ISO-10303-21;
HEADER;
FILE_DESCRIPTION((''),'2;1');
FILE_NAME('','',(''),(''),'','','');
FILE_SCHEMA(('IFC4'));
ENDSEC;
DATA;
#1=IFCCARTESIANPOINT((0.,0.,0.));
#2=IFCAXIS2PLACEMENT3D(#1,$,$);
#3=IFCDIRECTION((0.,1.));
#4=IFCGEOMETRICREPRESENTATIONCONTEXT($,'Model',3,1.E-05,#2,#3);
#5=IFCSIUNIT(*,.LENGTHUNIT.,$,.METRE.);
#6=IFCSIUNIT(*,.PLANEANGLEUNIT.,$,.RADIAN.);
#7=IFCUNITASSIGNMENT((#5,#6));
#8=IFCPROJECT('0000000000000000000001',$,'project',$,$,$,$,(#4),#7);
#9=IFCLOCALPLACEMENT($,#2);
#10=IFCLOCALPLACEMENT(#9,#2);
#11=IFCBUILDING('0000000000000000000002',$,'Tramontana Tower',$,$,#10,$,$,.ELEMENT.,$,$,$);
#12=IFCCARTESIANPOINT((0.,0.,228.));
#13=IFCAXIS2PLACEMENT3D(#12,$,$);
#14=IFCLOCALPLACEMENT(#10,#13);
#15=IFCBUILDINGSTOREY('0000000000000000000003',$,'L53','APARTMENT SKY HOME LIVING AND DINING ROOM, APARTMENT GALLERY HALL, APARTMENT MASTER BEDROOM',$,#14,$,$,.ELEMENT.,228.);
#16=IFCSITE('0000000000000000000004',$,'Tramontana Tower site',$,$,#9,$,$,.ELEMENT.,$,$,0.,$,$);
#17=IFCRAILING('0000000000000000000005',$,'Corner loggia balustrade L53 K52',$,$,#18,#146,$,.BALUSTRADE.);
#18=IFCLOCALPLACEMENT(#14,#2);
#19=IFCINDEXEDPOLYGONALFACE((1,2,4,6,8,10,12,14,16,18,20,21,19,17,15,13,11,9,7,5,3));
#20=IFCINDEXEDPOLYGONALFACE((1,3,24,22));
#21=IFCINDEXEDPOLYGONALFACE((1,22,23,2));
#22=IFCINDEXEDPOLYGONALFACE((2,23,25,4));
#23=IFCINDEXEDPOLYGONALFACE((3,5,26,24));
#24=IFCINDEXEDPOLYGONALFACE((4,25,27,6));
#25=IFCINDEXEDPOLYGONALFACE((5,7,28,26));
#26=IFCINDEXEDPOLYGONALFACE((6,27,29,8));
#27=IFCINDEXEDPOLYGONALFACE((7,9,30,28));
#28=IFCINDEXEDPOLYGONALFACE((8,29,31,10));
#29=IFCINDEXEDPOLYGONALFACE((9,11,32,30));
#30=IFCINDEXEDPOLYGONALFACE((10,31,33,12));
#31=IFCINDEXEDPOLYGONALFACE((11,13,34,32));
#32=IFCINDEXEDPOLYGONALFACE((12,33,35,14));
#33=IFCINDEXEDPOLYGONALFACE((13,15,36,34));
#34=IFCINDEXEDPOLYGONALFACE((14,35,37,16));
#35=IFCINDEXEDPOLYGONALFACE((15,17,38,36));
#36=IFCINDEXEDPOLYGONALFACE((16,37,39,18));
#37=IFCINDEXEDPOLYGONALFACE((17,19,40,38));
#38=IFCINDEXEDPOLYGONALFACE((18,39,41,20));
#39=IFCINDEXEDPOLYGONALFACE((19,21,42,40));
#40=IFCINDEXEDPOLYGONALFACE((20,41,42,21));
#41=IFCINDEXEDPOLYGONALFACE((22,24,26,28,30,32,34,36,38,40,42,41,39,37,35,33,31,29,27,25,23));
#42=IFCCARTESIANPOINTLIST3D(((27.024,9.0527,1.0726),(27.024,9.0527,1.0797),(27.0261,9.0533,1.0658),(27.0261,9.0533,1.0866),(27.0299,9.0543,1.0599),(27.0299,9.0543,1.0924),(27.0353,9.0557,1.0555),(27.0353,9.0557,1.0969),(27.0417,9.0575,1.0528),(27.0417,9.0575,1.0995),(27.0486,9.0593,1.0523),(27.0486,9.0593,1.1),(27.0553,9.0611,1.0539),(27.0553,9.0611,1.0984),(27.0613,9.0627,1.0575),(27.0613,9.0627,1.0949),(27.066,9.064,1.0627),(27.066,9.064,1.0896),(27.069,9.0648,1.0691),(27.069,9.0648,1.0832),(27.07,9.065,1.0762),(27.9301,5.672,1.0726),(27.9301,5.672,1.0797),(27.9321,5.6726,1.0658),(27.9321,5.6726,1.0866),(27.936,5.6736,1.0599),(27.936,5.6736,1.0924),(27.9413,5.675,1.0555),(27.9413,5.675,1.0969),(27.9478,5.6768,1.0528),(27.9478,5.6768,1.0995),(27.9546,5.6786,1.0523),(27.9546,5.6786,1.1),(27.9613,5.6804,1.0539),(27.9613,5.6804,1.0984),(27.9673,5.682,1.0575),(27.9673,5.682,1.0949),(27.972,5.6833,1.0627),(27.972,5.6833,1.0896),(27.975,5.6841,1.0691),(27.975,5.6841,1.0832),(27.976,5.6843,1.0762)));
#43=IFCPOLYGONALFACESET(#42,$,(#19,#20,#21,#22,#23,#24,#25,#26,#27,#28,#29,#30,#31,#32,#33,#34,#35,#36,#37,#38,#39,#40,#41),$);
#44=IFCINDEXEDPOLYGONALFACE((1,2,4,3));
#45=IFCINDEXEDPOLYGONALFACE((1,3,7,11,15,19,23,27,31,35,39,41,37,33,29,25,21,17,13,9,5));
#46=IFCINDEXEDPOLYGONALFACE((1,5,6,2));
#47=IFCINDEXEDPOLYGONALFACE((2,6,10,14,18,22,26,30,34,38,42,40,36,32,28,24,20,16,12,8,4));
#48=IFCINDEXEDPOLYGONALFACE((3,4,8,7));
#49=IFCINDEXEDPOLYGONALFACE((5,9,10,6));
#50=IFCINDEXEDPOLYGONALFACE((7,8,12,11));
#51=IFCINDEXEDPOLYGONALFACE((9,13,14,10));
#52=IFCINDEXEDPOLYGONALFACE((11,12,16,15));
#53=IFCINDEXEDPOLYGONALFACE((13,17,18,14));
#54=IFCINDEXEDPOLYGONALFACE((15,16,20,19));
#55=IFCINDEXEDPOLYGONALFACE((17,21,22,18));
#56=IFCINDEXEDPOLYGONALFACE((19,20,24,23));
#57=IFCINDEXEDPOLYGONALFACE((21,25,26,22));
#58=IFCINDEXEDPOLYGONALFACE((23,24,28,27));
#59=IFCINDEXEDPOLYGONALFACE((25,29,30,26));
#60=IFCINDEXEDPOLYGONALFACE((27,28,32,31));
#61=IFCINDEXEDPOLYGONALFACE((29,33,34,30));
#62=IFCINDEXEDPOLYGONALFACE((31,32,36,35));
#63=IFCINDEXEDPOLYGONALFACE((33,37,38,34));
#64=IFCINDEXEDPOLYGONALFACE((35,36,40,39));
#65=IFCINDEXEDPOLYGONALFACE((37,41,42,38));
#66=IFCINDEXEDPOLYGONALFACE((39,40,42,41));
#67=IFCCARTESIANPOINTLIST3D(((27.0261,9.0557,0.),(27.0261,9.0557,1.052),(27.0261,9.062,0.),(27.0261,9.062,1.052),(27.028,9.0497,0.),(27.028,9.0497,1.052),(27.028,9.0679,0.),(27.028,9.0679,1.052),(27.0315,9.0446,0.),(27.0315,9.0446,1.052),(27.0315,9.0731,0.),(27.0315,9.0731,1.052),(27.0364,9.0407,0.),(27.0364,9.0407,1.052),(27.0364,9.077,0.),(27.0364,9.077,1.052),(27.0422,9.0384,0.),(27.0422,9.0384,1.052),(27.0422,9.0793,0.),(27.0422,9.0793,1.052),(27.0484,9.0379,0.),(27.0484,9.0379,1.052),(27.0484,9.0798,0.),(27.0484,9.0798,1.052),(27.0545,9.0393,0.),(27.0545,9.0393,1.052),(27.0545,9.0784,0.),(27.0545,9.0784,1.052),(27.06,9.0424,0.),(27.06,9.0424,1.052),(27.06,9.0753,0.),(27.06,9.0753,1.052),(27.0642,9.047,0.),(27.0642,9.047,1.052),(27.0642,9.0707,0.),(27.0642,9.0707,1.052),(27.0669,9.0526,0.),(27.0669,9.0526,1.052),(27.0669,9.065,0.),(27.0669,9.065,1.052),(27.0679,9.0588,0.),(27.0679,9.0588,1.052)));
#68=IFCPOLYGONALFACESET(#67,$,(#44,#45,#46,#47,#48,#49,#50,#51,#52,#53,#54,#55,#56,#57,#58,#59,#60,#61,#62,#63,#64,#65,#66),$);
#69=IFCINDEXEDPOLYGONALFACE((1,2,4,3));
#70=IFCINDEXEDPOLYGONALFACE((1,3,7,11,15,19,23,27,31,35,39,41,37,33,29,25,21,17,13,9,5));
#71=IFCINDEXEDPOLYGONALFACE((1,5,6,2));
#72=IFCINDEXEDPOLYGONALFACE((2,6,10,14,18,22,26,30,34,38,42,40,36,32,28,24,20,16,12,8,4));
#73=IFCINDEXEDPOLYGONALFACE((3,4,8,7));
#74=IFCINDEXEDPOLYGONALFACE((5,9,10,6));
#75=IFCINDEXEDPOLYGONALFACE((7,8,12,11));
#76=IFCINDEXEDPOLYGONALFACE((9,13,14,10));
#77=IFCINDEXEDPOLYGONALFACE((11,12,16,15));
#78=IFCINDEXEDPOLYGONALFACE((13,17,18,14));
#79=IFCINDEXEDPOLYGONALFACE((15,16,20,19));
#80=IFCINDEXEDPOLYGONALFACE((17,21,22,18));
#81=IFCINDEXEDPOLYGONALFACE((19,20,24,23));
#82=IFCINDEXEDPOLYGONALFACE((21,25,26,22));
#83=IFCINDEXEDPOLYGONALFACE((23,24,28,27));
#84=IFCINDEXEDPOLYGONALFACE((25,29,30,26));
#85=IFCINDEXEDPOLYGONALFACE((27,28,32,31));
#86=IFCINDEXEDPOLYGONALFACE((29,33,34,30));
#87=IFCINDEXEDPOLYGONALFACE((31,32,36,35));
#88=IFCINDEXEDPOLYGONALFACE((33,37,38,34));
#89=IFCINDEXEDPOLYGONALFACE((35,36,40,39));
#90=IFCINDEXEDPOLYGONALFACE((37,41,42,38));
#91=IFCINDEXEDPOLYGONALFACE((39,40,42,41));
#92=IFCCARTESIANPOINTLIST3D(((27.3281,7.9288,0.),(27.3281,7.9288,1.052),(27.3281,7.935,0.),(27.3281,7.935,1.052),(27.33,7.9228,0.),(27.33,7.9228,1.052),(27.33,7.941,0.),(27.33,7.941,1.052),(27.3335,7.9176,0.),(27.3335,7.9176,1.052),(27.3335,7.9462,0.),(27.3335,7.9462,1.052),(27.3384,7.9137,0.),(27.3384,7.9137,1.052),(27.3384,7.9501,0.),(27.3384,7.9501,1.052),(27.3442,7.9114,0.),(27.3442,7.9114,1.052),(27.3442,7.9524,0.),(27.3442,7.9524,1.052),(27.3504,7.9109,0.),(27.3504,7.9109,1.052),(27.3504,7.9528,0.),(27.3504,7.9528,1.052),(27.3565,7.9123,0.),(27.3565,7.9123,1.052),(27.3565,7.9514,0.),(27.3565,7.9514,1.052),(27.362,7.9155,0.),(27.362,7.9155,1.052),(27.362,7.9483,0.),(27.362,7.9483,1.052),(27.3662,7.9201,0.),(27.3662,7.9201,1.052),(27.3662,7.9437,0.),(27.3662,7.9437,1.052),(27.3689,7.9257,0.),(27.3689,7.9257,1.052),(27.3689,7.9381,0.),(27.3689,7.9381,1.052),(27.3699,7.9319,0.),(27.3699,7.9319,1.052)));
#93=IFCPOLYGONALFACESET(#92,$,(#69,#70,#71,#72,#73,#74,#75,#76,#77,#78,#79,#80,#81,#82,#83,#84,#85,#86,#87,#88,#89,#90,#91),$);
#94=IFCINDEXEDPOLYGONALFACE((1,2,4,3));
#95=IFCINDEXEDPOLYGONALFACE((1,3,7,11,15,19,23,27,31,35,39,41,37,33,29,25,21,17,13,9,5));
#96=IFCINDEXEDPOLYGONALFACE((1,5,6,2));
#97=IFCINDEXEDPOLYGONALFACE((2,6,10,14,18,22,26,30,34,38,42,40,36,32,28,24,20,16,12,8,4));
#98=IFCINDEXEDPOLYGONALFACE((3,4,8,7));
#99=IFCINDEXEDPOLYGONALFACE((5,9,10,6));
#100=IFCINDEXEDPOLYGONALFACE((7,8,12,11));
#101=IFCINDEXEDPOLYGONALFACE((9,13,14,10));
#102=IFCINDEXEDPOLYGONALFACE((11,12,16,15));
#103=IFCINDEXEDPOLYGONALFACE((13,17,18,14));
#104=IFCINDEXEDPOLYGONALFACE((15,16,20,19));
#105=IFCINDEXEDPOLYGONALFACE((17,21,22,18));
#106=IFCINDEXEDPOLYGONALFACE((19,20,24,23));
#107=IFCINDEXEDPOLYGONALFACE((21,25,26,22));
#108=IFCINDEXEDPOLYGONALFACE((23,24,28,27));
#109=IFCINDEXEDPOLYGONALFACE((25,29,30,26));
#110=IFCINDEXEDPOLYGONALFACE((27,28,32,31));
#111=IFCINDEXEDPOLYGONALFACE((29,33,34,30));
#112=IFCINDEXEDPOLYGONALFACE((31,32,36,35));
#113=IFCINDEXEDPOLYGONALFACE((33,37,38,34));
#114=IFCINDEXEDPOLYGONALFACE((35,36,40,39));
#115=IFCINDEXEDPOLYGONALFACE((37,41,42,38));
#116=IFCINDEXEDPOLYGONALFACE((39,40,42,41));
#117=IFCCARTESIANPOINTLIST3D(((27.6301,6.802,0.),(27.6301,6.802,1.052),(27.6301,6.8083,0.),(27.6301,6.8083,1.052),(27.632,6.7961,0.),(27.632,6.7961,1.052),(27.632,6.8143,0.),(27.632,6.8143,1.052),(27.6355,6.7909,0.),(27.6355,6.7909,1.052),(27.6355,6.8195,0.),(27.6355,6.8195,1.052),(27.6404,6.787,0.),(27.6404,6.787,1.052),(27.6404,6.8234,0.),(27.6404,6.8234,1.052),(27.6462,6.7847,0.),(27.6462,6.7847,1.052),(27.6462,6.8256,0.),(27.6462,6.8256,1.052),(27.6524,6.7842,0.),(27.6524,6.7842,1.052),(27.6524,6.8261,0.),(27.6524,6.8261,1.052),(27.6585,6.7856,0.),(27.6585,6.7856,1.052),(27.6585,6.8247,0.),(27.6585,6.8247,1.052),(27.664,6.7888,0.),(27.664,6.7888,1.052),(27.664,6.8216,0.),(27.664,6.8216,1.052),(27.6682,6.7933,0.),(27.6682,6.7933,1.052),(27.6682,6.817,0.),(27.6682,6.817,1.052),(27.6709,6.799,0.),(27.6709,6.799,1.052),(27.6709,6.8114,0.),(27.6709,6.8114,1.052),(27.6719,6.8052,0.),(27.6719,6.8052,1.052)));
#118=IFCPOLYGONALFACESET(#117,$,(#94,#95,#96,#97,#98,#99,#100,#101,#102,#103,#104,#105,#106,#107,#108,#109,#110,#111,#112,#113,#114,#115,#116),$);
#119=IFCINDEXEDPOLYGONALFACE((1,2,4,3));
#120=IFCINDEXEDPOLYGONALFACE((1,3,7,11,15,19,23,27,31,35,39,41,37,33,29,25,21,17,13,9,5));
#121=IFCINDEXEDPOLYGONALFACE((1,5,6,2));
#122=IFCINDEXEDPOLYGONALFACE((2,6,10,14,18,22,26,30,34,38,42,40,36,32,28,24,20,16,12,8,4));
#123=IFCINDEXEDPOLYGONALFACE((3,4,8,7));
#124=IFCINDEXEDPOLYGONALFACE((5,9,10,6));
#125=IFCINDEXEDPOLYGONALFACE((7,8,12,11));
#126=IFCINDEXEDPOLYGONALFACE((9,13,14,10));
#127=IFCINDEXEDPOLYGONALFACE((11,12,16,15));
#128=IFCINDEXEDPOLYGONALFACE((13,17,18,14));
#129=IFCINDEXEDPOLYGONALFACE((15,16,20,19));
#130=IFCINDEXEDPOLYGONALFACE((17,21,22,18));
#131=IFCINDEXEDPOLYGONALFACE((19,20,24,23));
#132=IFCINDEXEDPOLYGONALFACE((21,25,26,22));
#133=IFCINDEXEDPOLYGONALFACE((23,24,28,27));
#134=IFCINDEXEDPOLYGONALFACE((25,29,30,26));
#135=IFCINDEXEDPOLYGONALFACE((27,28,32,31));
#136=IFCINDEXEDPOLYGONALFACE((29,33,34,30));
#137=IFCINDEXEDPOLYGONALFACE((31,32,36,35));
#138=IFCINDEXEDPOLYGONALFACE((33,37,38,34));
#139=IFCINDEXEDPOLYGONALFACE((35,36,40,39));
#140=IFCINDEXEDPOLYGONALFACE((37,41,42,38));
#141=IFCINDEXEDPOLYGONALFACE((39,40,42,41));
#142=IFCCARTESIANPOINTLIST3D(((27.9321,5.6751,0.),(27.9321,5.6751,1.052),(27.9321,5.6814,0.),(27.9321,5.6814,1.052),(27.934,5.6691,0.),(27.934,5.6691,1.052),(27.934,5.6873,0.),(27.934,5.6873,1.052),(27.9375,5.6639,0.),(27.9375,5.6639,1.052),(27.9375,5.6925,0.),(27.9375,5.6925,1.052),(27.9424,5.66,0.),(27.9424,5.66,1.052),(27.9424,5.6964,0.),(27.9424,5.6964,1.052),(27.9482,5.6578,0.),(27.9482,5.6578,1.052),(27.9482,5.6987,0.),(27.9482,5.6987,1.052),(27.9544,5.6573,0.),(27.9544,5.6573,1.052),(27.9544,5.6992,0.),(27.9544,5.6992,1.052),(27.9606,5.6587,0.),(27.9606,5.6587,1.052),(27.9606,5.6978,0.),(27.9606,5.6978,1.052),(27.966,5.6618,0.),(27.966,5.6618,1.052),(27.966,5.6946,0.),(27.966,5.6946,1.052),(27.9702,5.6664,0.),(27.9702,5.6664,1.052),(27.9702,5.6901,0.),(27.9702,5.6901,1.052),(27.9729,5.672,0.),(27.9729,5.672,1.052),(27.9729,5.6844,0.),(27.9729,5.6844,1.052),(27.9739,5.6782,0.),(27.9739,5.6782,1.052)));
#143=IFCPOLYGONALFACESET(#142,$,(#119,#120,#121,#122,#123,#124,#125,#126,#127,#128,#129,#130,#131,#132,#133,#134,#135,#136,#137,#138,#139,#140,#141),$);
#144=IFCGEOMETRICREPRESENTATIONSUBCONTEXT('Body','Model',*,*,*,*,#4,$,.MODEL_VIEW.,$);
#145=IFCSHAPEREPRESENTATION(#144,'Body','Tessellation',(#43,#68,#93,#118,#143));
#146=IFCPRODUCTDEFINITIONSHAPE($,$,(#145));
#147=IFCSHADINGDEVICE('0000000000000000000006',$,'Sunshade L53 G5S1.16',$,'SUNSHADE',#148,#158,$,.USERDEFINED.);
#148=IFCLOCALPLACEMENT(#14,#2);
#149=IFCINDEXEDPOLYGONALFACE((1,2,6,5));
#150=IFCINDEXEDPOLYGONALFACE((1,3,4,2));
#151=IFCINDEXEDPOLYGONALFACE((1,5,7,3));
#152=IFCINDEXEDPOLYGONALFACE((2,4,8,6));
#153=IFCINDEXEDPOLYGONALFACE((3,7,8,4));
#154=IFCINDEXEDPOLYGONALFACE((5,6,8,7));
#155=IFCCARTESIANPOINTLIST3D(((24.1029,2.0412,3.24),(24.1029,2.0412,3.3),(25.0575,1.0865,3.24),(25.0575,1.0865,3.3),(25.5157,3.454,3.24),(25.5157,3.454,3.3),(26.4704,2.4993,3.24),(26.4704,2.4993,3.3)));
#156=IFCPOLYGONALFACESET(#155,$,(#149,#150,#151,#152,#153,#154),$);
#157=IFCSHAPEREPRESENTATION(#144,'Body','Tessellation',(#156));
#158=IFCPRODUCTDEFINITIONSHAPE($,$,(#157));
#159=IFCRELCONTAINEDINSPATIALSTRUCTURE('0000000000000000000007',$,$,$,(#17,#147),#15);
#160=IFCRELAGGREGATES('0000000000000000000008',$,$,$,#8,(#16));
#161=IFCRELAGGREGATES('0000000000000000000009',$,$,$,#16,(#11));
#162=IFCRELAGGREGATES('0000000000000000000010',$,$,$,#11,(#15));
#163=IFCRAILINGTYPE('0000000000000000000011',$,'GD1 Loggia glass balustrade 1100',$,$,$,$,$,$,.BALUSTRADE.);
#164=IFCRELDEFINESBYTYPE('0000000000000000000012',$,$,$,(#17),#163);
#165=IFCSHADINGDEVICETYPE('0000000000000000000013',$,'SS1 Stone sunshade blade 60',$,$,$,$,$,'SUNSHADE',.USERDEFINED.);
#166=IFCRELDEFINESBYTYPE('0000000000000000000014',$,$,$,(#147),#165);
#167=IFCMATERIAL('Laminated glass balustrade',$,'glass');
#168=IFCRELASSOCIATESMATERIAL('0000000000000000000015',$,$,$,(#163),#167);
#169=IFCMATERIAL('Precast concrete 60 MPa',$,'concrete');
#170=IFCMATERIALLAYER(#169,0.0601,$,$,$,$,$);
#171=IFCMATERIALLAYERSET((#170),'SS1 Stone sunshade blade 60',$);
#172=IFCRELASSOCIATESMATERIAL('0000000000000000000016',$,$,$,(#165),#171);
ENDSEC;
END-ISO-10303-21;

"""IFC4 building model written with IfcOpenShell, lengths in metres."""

from ifc_helpers import new_model, si_unit, direction, frame, origin, origin_2d, place, context, subcontext, project, spatial, rectangle, circle, extrude, material, layer, layer_set, type_object, element, save


model = new_model("IFC4")

# Units and contexts
model_context = context("Model", 3, precision=1e-05, world=origin(), true_north=direction((0.0, 1.0)))
body_context = subcontext(model_context, "Body", "Model", "MODEL_VIEW")
ifc_project = project(units=[si_unit("LENGTHUNIT", "METRE"), si_unit("PLANEANGLEUNIT", "RADIAN")], contexts=[model_context])

# Site, building, storey
site_placement = place(None, origin())
site = spatial("IfcSite", under=ifc_project, at=site_placement, Name="Tramontana Tower site", CompositionType="ELEMENT", RefElevation=0.0)
building_placement = place(site_placement, origin())
building = spatial("IfcBuilding", under=site, at=building_placement, Name="Tramontana Tower", CompositionType="ELEMENT")
storey_placement = place(building_placement, frame((0.0, 0.0, 228.0)))
storey = spatial("IfcBuildingStorey", under=building, at=storey_placement, Name="L53", Description="APARTMENT SKY HOME LIVING AND DINING ROOM, APARTMENT GALLERY HALL, APARTMENT MASTER BEDROOM", CompositionType="ELEMENT", Elevation=228.0)

# Railing
ifc_material_1 = material(Name="Laminated glass balustrade", Category="glass")
railing_type = type_object("IfcRailingType", Name="GD1 Loggia glass balustrade 1100", PredefinedType="BALUSTRADE", material=ifc_material_1)
railing_1_placement = place(storey_placement, frame((27.0469, 9.0588, 0.0)))
element("IfcRailing", 1, at=railing_1_placement, inside=storey, type_object=railing_type, Name="Corner loggia balustrade L53 K52", PredefinedType="BALUSTRADE", context=body_context, shape_type="SweptSolid", body=[
    extrude(circle(Radius=0.0239, at=origin_2d()), frame((0.0, 0.0, 1.0762), z_axis=(0.258865, -0.965913, 0.0), x_axis=(0.965913, 0.258865, 0.0)), (0.0, 0.0, 1.0), 3.5),
    extrude(circle(Radius=0.021, at=origin_2d()), origin(), (0.0, 0.0, 1.0), 1.052),
    extrude(circle(Radius=0.021, at=origin_2d()), frame((0.302, -1.127, 0.0)), (0.0, 0.0, 1.0), 1.052),
    extrude(circle(Radius=0.021, at=origin_2d()), frame((0.604, -2.2537, 0.0)), (0.0, 0.0, 1.0), 1.052),
    extrude(circle(Radius=0.021, at=origin_2d()), frame((0.906, -3.3806, 0.0)), (0.0, 0.0, 1.0), 1.052),
])

# Shading device
ifc_material_2 = material(Name="Precast concrete 60 MPa", Category="concrete")
ifc_layer_1 = layer(ifc_material_2, 0.0601)
ifc_layer_set_1 = layer_set([ifc_layer_1], Name="SS1 Stone sunshade blade 60")
shading_device_type = type_object("IfcShadingDeviceType", Name="SS1 Stone sunshade blade 60", ElementType="SUNSHADE", PredefinedType="USERDEFINED", material=ifc_layer_set_1)
shading_device_placement = place(storey_placement, frame((25.2866, 2.2703, 3.24), z_axis=(0.0, 0.0, 1.0), x_axis=(0.707107, 0.707107, 0.0)))
element("IfcShadingDevice", 2, at=shading_device_placement, inside=storey, type_object=shading_device_type, Name="Sunshade L53 G5S1.16", ObjectType="SUNSHADE", PredefinedType="USERDEFINED", context=body_context, shape_type="SweptSolid", body=[
    extrude(rectangle(XDim=1.998, YDim=1.3501, at=origin_2d()), origin(), (0.0, 0.0, 1.0), 0.0601),
])

save(model, "model.ifc")
